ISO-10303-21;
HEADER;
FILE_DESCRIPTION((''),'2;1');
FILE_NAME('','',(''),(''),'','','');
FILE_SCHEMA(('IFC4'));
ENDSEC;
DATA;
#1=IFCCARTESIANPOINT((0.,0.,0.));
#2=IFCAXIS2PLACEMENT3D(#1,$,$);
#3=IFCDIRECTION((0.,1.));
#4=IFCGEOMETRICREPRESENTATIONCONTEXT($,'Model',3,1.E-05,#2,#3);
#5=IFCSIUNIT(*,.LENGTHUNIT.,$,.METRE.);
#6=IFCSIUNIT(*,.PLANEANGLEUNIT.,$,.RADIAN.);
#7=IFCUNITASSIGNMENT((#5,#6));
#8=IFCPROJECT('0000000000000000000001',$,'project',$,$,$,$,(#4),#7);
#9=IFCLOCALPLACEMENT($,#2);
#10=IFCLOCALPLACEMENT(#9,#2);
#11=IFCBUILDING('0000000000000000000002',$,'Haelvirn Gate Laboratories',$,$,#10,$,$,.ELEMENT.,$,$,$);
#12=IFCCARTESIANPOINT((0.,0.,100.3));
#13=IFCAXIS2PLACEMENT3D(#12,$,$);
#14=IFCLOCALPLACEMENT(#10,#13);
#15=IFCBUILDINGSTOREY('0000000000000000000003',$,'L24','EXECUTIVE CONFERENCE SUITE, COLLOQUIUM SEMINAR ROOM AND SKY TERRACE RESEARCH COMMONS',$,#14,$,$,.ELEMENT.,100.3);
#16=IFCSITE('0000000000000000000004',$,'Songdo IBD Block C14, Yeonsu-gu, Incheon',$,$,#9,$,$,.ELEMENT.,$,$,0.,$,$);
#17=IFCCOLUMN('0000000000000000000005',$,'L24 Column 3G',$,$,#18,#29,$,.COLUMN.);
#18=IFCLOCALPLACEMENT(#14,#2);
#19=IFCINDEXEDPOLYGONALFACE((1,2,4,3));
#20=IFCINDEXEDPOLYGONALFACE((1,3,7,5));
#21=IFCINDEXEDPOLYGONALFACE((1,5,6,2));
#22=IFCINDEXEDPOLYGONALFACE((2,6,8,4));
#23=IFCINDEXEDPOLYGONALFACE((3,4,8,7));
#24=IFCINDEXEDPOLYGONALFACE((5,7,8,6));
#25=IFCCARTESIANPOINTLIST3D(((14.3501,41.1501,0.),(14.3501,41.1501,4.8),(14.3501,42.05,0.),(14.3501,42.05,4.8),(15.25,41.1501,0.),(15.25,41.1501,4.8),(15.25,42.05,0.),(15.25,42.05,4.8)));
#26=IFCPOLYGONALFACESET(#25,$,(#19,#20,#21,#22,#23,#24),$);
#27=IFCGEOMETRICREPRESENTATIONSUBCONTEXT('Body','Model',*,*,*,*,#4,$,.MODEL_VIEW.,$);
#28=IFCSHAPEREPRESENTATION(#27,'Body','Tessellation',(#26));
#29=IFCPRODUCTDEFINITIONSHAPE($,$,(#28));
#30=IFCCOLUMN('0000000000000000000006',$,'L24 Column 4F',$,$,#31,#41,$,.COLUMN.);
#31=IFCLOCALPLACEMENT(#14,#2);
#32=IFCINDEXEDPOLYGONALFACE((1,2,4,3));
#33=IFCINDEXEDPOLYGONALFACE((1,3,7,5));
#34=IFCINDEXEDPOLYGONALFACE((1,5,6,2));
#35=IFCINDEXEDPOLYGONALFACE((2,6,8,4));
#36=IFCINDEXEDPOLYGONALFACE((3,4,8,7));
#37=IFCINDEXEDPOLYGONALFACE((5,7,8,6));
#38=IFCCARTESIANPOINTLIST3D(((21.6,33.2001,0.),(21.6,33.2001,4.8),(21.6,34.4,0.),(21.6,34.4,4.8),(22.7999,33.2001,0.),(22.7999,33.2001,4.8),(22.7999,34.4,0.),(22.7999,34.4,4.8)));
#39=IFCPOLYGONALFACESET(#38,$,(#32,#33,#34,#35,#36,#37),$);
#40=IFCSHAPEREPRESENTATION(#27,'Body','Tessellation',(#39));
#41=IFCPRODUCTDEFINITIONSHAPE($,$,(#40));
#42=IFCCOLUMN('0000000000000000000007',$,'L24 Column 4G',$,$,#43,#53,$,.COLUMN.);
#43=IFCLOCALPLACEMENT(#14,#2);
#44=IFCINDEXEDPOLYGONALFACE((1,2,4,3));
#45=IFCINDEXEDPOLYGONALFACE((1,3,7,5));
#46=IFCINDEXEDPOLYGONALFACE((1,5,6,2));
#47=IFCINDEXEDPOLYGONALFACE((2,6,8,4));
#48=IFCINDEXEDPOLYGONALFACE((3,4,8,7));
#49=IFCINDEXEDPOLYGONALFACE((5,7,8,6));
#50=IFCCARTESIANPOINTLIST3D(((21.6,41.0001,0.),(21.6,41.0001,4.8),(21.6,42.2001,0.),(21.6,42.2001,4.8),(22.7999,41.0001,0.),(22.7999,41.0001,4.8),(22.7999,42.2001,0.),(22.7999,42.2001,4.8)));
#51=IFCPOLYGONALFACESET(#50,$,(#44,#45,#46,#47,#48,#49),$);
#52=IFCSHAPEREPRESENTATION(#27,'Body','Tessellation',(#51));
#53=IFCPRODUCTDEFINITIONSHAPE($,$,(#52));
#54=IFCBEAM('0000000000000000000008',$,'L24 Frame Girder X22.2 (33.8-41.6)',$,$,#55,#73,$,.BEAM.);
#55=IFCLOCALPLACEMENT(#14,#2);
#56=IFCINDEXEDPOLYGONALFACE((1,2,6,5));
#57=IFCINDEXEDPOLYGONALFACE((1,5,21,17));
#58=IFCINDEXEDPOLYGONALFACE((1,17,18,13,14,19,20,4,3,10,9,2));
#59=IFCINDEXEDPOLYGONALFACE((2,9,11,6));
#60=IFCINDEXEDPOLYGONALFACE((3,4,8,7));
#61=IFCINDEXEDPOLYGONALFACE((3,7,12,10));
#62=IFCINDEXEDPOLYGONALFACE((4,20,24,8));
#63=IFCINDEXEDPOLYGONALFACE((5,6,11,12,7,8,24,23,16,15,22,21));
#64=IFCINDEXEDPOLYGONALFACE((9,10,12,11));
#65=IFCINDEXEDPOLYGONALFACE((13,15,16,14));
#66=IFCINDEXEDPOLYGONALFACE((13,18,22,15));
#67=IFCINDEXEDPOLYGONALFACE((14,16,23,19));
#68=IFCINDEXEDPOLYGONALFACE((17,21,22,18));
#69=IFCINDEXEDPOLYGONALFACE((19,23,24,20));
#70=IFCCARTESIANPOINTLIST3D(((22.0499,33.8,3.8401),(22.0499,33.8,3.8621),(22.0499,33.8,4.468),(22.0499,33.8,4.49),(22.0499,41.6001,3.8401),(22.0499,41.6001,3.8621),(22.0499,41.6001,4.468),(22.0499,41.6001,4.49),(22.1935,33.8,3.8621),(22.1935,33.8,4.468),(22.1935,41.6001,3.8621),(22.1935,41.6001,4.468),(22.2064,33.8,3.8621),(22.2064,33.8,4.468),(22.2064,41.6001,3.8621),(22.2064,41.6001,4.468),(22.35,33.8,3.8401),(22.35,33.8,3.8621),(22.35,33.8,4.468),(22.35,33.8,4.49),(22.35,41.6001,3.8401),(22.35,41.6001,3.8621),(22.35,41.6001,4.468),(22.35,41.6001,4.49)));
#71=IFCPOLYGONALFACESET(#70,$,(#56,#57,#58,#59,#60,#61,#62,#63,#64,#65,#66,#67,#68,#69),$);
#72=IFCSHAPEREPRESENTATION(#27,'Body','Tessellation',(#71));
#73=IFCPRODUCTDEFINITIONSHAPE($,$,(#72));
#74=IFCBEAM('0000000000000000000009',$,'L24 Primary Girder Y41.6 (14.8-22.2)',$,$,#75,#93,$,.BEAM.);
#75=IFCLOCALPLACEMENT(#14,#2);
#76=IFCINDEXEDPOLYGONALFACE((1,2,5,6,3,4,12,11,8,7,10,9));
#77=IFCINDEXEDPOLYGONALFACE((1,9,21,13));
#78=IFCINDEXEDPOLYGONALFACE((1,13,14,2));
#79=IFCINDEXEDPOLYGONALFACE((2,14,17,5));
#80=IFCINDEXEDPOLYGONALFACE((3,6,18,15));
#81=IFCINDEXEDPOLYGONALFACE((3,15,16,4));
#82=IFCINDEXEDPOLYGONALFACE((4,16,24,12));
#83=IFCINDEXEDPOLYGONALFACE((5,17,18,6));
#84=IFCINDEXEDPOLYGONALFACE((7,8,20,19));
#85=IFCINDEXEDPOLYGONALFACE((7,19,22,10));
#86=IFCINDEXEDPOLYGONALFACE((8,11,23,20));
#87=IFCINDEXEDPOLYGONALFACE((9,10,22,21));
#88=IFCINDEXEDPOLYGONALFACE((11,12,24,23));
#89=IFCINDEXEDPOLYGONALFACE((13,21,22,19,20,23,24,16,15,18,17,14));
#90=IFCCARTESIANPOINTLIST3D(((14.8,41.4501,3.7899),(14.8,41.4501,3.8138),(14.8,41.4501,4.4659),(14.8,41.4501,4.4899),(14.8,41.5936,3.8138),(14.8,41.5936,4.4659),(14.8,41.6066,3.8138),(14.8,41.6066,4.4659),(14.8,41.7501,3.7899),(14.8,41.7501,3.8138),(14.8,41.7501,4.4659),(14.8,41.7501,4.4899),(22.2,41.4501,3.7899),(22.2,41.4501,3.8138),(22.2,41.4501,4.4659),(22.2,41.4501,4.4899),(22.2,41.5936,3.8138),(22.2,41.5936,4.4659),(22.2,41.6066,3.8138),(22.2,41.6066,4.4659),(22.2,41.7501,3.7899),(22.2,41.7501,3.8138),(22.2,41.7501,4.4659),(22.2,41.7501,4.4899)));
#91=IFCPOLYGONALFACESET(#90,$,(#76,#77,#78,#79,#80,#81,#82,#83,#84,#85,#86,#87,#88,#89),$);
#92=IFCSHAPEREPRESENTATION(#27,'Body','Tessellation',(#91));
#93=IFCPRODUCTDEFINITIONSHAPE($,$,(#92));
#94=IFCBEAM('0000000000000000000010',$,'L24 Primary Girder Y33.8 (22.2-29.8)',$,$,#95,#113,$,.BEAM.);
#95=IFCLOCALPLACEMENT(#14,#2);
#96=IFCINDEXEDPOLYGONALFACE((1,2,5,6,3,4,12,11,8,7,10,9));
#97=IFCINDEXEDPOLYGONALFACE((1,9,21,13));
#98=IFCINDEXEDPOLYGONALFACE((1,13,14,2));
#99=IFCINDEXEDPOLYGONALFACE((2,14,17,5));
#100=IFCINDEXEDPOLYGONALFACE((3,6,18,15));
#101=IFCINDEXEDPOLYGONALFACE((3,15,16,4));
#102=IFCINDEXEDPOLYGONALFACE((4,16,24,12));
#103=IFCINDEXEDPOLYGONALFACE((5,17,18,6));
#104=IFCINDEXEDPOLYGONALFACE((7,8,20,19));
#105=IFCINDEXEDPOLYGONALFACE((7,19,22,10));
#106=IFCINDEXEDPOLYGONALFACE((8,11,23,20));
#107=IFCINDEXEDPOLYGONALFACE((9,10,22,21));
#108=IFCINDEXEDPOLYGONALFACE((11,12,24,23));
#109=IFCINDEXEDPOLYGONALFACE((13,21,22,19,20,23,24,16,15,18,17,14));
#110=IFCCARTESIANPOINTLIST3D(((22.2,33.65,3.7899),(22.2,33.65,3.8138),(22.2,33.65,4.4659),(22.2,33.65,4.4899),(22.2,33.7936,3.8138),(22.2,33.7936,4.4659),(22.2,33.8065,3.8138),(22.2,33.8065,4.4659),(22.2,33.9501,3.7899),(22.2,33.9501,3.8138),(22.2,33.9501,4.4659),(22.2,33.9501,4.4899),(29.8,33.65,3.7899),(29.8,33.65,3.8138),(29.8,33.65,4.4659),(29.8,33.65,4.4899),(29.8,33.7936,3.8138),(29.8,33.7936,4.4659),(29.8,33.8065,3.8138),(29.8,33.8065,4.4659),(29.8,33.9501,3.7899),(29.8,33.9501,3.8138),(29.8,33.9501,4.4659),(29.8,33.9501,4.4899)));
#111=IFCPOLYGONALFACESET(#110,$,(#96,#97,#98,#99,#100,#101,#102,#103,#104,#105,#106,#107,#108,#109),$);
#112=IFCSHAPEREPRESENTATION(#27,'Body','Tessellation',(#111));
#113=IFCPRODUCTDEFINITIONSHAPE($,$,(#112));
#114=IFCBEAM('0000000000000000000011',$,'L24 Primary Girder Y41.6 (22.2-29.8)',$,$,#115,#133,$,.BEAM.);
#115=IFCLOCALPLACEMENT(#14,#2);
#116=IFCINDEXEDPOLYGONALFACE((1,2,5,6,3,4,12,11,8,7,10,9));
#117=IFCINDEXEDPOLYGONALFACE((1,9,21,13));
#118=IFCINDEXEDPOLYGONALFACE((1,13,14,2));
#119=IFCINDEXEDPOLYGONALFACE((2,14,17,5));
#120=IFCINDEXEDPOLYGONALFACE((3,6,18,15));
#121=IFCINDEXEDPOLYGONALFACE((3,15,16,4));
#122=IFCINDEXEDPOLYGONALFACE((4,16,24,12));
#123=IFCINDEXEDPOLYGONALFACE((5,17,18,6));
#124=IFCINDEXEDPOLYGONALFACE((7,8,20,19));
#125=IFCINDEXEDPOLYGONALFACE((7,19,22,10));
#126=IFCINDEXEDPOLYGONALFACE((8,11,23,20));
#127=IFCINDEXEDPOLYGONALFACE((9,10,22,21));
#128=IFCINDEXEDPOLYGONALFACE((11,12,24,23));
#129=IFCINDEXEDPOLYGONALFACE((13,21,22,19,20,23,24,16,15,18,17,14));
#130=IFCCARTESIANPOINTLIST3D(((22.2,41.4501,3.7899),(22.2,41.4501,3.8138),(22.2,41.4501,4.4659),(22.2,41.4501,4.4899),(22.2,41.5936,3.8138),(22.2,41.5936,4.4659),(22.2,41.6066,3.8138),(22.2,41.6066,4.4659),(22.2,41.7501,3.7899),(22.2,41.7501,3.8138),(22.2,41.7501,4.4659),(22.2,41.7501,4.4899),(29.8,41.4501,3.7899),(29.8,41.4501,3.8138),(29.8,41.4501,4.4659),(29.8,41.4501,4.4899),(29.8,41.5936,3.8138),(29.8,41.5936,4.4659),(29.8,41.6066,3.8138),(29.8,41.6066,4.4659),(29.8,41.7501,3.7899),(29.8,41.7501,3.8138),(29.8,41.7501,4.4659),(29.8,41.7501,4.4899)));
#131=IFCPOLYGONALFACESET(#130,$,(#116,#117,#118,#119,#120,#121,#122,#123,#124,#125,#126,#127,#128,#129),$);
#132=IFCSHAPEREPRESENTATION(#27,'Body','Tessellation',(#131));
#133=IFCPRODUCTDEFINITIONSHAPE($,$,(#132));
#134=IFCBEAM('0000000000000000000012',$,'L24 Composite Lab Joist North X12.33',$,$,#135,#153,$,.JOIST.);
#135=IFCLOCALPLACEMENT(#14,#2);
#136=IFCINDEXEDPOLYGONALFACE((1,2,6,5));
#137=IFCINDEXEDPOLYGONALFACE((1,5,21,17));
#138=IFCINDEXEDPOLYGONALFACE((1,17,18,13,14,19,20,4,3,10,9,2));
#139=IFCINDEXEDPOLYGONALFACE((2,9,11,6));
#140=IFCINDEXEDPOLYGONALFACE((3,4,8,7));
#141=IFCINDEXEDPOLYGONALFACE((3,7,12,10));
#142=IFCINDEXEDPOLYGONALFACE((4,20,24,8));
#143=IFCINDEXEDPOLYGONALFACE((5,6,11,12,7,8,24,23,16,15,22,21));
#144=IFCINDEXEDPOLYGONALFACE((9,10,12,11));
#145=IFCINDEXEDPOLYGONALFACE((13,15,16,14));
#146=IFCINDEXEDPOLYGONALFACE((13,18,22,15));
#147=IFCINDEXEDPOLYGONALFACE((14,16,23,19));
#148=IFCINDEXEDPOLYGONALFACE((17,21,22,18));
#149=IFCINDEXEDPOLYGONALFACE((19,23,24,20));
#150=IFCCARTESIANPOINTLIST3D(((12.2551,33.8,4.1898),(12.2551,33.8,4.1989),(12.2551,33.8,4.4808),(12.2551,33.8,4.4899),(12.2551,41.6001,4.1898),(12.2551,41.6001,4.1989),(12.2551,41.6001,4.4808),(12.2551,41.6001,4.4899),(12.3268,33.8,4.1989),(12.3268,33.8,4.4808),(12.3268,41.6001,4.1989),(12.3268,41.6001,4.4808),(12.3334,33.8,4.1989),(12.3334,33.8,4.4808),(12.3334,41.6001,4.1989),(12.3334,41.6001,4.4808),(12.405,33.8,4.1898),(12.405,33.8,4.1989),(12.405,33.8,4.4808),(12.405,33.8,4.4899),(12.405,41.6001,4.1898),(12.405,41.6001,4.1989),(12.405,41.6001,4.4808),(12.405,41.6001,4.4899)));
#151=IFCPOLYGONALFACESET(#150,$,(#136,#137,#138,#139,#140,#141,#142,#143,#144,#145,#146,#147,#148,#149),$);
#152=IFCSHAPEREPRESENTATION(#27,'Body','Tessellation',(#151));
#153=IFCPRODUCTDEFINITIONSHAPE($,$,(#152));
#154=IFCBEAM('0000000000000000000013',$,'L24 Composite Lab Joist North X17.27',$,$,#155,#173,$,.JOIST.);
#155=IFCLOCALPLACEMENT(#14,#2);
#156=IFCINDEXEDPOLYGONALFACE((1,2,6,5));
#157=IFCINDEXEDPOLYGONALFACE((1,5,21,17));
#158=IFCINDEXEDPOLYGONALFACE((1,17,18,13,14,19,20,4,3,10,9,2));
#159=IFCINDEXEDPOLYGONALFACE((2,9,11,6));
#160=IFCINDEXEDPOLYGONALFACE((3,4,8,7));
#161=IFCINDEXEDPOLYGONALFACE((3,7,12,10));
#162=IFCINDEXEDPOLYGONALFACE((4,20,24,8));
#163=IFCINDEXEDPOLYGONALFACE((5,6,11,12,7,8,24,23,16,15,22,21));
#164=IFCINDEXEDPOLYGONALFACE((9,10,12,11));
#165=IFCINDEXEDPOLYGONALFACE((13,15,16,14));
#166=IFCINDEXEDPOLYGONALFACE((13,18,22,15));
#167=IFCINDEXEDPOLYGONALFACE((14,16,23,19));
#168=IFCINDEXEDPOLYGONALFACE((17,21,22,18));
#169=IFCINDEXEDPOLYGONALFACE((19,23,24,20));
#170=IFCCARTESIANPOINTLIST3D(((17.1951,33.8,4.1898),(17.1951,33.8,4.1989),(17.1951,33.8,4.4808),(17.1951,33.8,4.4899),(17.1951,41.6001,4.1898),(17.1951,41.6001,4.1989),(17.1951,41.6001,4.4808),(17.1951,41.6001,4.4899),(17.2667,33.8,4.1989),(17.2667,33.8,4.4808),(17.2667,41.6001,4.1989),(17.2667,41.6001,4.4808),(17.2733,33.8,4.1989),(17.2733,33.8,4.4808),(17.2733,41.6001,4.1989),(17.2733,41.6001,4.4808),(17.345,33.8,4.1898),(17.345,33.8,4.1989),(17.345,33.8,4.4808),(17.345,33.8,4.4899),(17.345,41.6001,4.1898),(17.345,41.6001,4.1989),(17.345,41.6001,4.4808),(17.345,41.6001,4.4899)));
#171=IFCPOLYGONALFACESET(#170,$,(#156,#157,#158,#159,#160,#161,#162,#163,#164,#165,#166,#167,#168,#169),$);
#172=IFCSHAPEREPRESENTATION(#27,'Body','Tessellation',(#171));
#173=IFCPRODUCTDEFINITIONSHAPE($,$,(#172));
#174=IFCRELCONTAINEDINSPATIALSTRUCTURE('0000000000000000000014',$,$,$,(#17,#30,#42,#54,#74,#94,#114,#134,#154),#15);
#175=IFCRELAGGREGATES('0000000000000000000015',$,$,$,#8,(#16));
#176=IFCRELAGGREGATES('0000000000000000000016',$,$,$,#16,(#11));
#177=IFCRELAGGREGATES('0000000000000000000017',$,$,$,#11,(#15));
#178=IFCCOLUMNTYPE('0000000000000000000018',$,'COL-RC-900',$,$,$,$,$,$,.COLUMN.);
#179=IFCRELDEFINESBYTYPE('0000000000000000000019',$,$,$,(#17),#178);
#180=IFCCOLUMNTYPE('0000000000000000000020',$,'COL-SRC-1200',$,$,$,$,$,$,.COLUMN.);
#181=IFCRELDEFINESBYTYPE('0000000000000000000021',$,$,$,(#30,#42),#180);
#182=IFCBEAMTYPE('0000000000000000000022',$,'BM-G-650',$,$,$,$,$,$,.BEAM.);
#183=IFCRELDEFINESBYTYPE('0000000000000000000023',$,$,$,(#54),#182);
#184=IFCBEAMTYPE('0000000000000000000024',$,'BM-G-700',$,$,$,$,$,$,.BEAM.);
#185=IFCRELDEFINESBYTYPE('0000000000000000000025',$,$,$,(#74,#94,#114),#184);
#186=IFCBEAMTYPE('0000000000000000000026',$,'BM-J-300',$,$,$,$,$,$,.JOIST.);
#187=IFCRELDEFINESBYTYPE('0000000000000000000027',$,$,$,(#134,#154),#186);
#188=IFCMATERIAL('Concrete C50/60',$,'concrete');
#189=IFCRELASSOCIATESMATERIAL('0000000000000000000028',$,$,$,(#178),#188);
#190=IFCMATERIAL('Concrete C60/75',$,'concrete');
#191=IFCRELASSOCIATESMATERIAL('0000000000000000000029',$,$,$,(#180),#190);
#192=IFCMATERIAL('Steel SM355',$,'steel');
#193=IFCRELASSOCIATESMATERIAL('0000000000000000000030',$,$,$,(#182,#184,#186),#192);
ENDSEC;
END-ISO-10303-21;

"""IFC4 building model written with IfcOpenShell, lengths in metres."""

from ifc_helpers import new_model, si_unit, direction, frame, origin, origin_2d, place, context, subcontext, project, spatial, rectangle, i_section, extrude, source, transform, mapped, material, material_profile, profile_set, type_object, type_shapes, element, save


model = new_model("IFC4")

# Units and contexts
model_context = context("Model", 3, precision=1e-05, world=origin(), true_north=direction((0.0, 1.0)))
body_context = subcontext(model_context, "Body", "Model", "MODEL_VIEW")
ifc_project = project(units=[si_unit("LENGTHUNIT", "METRE"), si_unit("PLANEANGLEUNIT", "RADIAN")], contexts=[model_context])

# Site, building, storey
site_placement = place(None, origin())
site = spatial("IfcSite", under=ifc_project, at=site_placement, Name="Songdo IBD Block C14, Yeonsu-gu, Incheon", CompositionType="ELEMENT", RefElevation=0.0)
building_placement = place(site_placement, origin())
building = spatial("IfcBuilding", under=site, at=building_placement, Name="Haelvirn Gate Laboratories", CompositionType="ELEMENT")
storey_placement = place(building_placement, frame((0.0, 0.0, 100.3)))
storey = spatial("IfcBuildingStorey", under=building, at=storey_placement, Name="L24", Description="EXECUTIVE CONFERENCE SUITE, COLLOQUIUM SEMINAR ROOM AND SKY TERRACE RESEARCH COMMONS", CompositionType="ELEMENT", Elevation=100.3)

# Columns
ifc_material_1 = material(Name="Concrete C50/60", Category="concrete")
ifc_material_profile_1 = material_profile(ifc_material_1, rectangle(XDim=0.8999, YDim=0.8999, at=origin_2d()), Name="RC-900x900")
ifc_profile_set_1 = profile_set([ifc_material_profile_1], Name="Concrete C50/60")
column_type_1 = type_object("IfcColumnType", Name="COL-RC-900", PredefinedType="COLUMN", material=ifc_profile_set_1)
shared_shape_1 = source(origin(), body_context, "Body", "SweptSolid", [
    extrude(rectangle(XDim=0.8999, YDim=0.8999, at=origin_2d()), origin(), (0.0, 0.0, 1.0), 4.8),
])
type_shapes(column_type_1, [shared_shape_1])
column_placement = place(storey_placement, frame((14.8, 41.6001, 0.0), z_axis=(0.0, 0.0, 1.0), x_axis=(1.0, 0.0, 0.0)))
element("IfcColumn", 1, at=column_placement, inside=storey, type_object=column_type_1, Name="L24 Column 3G", PredefinedType="COLUMN", context=body_context, shape_type="MappedRepresentation", body=[
    mapped(shared_shape_1, transform((0.0, 0.0, 0.0), scale=1.0)),
])
ifc_material_2 = material(Name="Concrete C60/75", Category="concrete")
ifc_material_profile_2 = material_profile(ifc_material_2, rectangle(XDim=1.2, YDim=1.2, at=origin_2d()), Name="SRC-1200x1200")
ifc_profile_set_2 = profile_set([ifc_material_profile_2], Name="Concrete C60/75")
column_type_2 = type_object("IfcColumnType", Name="COL-SRC-1200", PredefinedType="COLUMN", material=ifc_profile_set_2)
shared_shape_2 = source(origin(), body_context, "Body", "SweptSolid", [
    extrude(rectangle(XDim=1.2, YDim=1.2, at=origin_2d()), origin(), (0.0, 0.0, 1.0), 4.8),
])
type_shapes(column_type_2, [shared_shape_2])
for number, where, z_axis, x_axis, name in (
    (2, (22.2, 33.8, 0.0), (0.0, 0.0, 1.0), (1.0, 0.0, 0.0), "L24 Column 4F"),
    (3, (22.2, 41.6001, 0.0), (0.0, 0.0, 1.0), (1.0, 0.0, 0.0), "L24 Column 4G"),
):
    element("IfcColumn", number, at=place(storey_placement, frame(where, z_axis=z_axis, x_axis=x_axis)), inside=storey, type_object=column_type_2, Name=name, PredefinedType="COLUMN", context=body_context, shape_type="MappedRepresentation", body=[
        mapped(shared_shape_2, transform((0.0, 0.0, 0.0), scale=1.0)),
    ])

# Beams
ifc_material_3 = material(Name="Steel SM355", Category="steel")
ifc_material_profile_3 = material_profile(ifc_material_3, i_section(OverallWidth=0.3, OverallDepth=0.6499, WebThickness=0.0129, FlangeThickness=0.022, at=origin_2d()), Name="H-650x300x13x22")
ifc_profile_set_3 = profile_set([ifc_material_profile_3], Name="Steel SM355")
beam_type_1 = type_object("IfcBeamType", Name="BM-G-650", PredefinedType="BEAM", material=ifc_profile_set_3)
shared_shape_3 = source(origin(), body_context, "Body", "SweptSolid", [
    extrude(i_section(OverallWidth=0.3, OverallDepth=0.6499, WebThickness=0.0129, FlangeThickness=0.022, at=origin_2d()), origin(), (0.0, 0.0, 1.0), 7.8),
])
type_shapes(beam_type_1, [shared_shape_3])
beam_1_placement = place(storey_placement, frame((22.2, 33.8, 4.165), z_axis=(0.0, 1.0, 0.0), x_axis=(-1.0, 0.0, 0.0)))
element("IfcBeam", 4, at=beam_1_placement, inside=storey, type_object=beam_type_1, Name="L24 Frame Girder X22.2 (33.8-41.6)", PredefinedType="BEAM", context=body_context, shape_type="MappedRepresentation", body=[
    mapped(shared_shape_3, transform((0.0, 0.0, 0.0), scale=1.0)),
])
ifc_material_profile_4 = material_profile(ifc_material_3, i_section(OverallWidth=0.3, OverallDepth=0.7, WebThickness=0.0129, FlangeThickness=0.0239, at=origin_2d()), Name="H-700x300x13x24")
ifc_profile_set_4 = profile_set([ifc_material_profile_4], Name="Steel SM355")
beam_type_2 = type_object("IfcBeamType", Name="BM-G-700", PredefinedType="BEAM", material=ifc_profile_set_4)
shared_shape_4 = source(origin(), body_context, "Body", "SweptSolid", [
    extrude(i_section(OverallWidth=0.3, OverallDepth=0.7, WebThickness=0.0129, FlangeThickness=0.0239, at=origin_2d()), origin(), (0.0, 0.0, 1.0), 7.3999),
])
beam_2_placement = place(storey_placement, frame((14.8, 41.6001, 4.1399), z_axis=(1.0, 0.0, 0.0), x_axis=(0.0, 1.0, 0.0)))
element("IfcBeam", 5, at=beam_2_placement, inside=storey, type_object=beam_type_2, Name="L24 Primary Girder Y41.6 (14.8-22.2)", PredefinedType="BEAM", context=body_context, shape_type="MappedRepresentation", body=[
    mapped(shared_shape_4, transform((0.0, 0.0, 0.0), scale=1.0)),
])
shared_shape_5 = source(origin(), body_context, "Body", "SweptSolid", [
    extrude(i_section(OverallWidth=0.3, OverallDepth=0.7, WebThickness=0.0129, FlangeThickness=0.0239, at=origin_2d()), origin(), (0.0, 0.0, 1.0), 7.6001),
])
type_shapes(beam_type_2, [shared_shape_4, shared_shape_5])
for number, where, z_axis, x_axis, name in (
    (6, (22.2, 33.8, 4.1399), (1.0, 0.0, 0.0), (0.0, 1.0, 0.0), "L24 Primary Girder Y33.8 (22.2-29.8)"),
    (7, (22.2, 41.6001, 4.1399), (1.0, 0.0, 0.0), (0.0, 1.0, 0.0), "L24 Primary Girder Y41.6 (22.2-29.8)"),
):
    element("IfcBeam", number, at=place(storey_placement, frame(where, z_axis=z_axis, x_axis=x_axis)), inside=storey, type_object=beam_type_2, Name=name, PredefinedType="BEAM", context=body_context, shape_type="MappedRepresentation", body=[
        mapped(shared_shape_5, transform((0.0, 0.0, 0.0), scale=1.0)),
    ])
ifc_material_profile_5 = material_profile(ifc_material_3, i_section(OverallWidth=0.1499, OverallDepth=0.3, WebThickness=0.0066, FlangeThickness=0.009, at=origin_2d()), Name="H-300x150x6.5x9")
ifc_profile_set_5 = profile_set([ifc_material_profile_5], Name="Steel SM355")
beam_type_3 = type_object("IfcBeamType", Name="BM-J-300", PredefinedType="JOIST", material=ifc_profile_set_5)
shared_shape_6 = source(origin(), body_context, "Body", "SweptSolid", [
    extrude(i_section(OverallWidth=0.1499, OverallDepth=0.3, WebThickness=0.0066, FlangeThickness=0.009, at=origin_2d()), origin(), (0.0, 0.0, 1.0), 7.8),
])
type_shapes(beam_type_3, [shared_shape_6])
for number, where, z_axis, x_axis, name in (
    (8, (12.3301, 33.8, 4.3398), (0.0, 1.0, 0.0), (-1.0, 0.0, 0.0), "L24 Composite Lab Joist North X12.33"),
    (9, (17.27, 33.8, 4.3398), (0.0, 1.0, 0.0), (-1.0, 0.0, 0.0), "L24 Composite Lab Joist North X17.27"),
):
    element("IfcBeam", number, at=place(storey_placement, frame(where, z_axis=z_axis, x_axis=x_axis)), inside=storey, type_object=beam_type_3, Name=name, PredefinedType="JOIST", context=body_context, shape_type="MappedRepresentation", body=[
        mapped(shared_shape_6, transform((0.0, 0.0, 0.0), scale=1.0)),
    ])

save(model, "model.ifc")
